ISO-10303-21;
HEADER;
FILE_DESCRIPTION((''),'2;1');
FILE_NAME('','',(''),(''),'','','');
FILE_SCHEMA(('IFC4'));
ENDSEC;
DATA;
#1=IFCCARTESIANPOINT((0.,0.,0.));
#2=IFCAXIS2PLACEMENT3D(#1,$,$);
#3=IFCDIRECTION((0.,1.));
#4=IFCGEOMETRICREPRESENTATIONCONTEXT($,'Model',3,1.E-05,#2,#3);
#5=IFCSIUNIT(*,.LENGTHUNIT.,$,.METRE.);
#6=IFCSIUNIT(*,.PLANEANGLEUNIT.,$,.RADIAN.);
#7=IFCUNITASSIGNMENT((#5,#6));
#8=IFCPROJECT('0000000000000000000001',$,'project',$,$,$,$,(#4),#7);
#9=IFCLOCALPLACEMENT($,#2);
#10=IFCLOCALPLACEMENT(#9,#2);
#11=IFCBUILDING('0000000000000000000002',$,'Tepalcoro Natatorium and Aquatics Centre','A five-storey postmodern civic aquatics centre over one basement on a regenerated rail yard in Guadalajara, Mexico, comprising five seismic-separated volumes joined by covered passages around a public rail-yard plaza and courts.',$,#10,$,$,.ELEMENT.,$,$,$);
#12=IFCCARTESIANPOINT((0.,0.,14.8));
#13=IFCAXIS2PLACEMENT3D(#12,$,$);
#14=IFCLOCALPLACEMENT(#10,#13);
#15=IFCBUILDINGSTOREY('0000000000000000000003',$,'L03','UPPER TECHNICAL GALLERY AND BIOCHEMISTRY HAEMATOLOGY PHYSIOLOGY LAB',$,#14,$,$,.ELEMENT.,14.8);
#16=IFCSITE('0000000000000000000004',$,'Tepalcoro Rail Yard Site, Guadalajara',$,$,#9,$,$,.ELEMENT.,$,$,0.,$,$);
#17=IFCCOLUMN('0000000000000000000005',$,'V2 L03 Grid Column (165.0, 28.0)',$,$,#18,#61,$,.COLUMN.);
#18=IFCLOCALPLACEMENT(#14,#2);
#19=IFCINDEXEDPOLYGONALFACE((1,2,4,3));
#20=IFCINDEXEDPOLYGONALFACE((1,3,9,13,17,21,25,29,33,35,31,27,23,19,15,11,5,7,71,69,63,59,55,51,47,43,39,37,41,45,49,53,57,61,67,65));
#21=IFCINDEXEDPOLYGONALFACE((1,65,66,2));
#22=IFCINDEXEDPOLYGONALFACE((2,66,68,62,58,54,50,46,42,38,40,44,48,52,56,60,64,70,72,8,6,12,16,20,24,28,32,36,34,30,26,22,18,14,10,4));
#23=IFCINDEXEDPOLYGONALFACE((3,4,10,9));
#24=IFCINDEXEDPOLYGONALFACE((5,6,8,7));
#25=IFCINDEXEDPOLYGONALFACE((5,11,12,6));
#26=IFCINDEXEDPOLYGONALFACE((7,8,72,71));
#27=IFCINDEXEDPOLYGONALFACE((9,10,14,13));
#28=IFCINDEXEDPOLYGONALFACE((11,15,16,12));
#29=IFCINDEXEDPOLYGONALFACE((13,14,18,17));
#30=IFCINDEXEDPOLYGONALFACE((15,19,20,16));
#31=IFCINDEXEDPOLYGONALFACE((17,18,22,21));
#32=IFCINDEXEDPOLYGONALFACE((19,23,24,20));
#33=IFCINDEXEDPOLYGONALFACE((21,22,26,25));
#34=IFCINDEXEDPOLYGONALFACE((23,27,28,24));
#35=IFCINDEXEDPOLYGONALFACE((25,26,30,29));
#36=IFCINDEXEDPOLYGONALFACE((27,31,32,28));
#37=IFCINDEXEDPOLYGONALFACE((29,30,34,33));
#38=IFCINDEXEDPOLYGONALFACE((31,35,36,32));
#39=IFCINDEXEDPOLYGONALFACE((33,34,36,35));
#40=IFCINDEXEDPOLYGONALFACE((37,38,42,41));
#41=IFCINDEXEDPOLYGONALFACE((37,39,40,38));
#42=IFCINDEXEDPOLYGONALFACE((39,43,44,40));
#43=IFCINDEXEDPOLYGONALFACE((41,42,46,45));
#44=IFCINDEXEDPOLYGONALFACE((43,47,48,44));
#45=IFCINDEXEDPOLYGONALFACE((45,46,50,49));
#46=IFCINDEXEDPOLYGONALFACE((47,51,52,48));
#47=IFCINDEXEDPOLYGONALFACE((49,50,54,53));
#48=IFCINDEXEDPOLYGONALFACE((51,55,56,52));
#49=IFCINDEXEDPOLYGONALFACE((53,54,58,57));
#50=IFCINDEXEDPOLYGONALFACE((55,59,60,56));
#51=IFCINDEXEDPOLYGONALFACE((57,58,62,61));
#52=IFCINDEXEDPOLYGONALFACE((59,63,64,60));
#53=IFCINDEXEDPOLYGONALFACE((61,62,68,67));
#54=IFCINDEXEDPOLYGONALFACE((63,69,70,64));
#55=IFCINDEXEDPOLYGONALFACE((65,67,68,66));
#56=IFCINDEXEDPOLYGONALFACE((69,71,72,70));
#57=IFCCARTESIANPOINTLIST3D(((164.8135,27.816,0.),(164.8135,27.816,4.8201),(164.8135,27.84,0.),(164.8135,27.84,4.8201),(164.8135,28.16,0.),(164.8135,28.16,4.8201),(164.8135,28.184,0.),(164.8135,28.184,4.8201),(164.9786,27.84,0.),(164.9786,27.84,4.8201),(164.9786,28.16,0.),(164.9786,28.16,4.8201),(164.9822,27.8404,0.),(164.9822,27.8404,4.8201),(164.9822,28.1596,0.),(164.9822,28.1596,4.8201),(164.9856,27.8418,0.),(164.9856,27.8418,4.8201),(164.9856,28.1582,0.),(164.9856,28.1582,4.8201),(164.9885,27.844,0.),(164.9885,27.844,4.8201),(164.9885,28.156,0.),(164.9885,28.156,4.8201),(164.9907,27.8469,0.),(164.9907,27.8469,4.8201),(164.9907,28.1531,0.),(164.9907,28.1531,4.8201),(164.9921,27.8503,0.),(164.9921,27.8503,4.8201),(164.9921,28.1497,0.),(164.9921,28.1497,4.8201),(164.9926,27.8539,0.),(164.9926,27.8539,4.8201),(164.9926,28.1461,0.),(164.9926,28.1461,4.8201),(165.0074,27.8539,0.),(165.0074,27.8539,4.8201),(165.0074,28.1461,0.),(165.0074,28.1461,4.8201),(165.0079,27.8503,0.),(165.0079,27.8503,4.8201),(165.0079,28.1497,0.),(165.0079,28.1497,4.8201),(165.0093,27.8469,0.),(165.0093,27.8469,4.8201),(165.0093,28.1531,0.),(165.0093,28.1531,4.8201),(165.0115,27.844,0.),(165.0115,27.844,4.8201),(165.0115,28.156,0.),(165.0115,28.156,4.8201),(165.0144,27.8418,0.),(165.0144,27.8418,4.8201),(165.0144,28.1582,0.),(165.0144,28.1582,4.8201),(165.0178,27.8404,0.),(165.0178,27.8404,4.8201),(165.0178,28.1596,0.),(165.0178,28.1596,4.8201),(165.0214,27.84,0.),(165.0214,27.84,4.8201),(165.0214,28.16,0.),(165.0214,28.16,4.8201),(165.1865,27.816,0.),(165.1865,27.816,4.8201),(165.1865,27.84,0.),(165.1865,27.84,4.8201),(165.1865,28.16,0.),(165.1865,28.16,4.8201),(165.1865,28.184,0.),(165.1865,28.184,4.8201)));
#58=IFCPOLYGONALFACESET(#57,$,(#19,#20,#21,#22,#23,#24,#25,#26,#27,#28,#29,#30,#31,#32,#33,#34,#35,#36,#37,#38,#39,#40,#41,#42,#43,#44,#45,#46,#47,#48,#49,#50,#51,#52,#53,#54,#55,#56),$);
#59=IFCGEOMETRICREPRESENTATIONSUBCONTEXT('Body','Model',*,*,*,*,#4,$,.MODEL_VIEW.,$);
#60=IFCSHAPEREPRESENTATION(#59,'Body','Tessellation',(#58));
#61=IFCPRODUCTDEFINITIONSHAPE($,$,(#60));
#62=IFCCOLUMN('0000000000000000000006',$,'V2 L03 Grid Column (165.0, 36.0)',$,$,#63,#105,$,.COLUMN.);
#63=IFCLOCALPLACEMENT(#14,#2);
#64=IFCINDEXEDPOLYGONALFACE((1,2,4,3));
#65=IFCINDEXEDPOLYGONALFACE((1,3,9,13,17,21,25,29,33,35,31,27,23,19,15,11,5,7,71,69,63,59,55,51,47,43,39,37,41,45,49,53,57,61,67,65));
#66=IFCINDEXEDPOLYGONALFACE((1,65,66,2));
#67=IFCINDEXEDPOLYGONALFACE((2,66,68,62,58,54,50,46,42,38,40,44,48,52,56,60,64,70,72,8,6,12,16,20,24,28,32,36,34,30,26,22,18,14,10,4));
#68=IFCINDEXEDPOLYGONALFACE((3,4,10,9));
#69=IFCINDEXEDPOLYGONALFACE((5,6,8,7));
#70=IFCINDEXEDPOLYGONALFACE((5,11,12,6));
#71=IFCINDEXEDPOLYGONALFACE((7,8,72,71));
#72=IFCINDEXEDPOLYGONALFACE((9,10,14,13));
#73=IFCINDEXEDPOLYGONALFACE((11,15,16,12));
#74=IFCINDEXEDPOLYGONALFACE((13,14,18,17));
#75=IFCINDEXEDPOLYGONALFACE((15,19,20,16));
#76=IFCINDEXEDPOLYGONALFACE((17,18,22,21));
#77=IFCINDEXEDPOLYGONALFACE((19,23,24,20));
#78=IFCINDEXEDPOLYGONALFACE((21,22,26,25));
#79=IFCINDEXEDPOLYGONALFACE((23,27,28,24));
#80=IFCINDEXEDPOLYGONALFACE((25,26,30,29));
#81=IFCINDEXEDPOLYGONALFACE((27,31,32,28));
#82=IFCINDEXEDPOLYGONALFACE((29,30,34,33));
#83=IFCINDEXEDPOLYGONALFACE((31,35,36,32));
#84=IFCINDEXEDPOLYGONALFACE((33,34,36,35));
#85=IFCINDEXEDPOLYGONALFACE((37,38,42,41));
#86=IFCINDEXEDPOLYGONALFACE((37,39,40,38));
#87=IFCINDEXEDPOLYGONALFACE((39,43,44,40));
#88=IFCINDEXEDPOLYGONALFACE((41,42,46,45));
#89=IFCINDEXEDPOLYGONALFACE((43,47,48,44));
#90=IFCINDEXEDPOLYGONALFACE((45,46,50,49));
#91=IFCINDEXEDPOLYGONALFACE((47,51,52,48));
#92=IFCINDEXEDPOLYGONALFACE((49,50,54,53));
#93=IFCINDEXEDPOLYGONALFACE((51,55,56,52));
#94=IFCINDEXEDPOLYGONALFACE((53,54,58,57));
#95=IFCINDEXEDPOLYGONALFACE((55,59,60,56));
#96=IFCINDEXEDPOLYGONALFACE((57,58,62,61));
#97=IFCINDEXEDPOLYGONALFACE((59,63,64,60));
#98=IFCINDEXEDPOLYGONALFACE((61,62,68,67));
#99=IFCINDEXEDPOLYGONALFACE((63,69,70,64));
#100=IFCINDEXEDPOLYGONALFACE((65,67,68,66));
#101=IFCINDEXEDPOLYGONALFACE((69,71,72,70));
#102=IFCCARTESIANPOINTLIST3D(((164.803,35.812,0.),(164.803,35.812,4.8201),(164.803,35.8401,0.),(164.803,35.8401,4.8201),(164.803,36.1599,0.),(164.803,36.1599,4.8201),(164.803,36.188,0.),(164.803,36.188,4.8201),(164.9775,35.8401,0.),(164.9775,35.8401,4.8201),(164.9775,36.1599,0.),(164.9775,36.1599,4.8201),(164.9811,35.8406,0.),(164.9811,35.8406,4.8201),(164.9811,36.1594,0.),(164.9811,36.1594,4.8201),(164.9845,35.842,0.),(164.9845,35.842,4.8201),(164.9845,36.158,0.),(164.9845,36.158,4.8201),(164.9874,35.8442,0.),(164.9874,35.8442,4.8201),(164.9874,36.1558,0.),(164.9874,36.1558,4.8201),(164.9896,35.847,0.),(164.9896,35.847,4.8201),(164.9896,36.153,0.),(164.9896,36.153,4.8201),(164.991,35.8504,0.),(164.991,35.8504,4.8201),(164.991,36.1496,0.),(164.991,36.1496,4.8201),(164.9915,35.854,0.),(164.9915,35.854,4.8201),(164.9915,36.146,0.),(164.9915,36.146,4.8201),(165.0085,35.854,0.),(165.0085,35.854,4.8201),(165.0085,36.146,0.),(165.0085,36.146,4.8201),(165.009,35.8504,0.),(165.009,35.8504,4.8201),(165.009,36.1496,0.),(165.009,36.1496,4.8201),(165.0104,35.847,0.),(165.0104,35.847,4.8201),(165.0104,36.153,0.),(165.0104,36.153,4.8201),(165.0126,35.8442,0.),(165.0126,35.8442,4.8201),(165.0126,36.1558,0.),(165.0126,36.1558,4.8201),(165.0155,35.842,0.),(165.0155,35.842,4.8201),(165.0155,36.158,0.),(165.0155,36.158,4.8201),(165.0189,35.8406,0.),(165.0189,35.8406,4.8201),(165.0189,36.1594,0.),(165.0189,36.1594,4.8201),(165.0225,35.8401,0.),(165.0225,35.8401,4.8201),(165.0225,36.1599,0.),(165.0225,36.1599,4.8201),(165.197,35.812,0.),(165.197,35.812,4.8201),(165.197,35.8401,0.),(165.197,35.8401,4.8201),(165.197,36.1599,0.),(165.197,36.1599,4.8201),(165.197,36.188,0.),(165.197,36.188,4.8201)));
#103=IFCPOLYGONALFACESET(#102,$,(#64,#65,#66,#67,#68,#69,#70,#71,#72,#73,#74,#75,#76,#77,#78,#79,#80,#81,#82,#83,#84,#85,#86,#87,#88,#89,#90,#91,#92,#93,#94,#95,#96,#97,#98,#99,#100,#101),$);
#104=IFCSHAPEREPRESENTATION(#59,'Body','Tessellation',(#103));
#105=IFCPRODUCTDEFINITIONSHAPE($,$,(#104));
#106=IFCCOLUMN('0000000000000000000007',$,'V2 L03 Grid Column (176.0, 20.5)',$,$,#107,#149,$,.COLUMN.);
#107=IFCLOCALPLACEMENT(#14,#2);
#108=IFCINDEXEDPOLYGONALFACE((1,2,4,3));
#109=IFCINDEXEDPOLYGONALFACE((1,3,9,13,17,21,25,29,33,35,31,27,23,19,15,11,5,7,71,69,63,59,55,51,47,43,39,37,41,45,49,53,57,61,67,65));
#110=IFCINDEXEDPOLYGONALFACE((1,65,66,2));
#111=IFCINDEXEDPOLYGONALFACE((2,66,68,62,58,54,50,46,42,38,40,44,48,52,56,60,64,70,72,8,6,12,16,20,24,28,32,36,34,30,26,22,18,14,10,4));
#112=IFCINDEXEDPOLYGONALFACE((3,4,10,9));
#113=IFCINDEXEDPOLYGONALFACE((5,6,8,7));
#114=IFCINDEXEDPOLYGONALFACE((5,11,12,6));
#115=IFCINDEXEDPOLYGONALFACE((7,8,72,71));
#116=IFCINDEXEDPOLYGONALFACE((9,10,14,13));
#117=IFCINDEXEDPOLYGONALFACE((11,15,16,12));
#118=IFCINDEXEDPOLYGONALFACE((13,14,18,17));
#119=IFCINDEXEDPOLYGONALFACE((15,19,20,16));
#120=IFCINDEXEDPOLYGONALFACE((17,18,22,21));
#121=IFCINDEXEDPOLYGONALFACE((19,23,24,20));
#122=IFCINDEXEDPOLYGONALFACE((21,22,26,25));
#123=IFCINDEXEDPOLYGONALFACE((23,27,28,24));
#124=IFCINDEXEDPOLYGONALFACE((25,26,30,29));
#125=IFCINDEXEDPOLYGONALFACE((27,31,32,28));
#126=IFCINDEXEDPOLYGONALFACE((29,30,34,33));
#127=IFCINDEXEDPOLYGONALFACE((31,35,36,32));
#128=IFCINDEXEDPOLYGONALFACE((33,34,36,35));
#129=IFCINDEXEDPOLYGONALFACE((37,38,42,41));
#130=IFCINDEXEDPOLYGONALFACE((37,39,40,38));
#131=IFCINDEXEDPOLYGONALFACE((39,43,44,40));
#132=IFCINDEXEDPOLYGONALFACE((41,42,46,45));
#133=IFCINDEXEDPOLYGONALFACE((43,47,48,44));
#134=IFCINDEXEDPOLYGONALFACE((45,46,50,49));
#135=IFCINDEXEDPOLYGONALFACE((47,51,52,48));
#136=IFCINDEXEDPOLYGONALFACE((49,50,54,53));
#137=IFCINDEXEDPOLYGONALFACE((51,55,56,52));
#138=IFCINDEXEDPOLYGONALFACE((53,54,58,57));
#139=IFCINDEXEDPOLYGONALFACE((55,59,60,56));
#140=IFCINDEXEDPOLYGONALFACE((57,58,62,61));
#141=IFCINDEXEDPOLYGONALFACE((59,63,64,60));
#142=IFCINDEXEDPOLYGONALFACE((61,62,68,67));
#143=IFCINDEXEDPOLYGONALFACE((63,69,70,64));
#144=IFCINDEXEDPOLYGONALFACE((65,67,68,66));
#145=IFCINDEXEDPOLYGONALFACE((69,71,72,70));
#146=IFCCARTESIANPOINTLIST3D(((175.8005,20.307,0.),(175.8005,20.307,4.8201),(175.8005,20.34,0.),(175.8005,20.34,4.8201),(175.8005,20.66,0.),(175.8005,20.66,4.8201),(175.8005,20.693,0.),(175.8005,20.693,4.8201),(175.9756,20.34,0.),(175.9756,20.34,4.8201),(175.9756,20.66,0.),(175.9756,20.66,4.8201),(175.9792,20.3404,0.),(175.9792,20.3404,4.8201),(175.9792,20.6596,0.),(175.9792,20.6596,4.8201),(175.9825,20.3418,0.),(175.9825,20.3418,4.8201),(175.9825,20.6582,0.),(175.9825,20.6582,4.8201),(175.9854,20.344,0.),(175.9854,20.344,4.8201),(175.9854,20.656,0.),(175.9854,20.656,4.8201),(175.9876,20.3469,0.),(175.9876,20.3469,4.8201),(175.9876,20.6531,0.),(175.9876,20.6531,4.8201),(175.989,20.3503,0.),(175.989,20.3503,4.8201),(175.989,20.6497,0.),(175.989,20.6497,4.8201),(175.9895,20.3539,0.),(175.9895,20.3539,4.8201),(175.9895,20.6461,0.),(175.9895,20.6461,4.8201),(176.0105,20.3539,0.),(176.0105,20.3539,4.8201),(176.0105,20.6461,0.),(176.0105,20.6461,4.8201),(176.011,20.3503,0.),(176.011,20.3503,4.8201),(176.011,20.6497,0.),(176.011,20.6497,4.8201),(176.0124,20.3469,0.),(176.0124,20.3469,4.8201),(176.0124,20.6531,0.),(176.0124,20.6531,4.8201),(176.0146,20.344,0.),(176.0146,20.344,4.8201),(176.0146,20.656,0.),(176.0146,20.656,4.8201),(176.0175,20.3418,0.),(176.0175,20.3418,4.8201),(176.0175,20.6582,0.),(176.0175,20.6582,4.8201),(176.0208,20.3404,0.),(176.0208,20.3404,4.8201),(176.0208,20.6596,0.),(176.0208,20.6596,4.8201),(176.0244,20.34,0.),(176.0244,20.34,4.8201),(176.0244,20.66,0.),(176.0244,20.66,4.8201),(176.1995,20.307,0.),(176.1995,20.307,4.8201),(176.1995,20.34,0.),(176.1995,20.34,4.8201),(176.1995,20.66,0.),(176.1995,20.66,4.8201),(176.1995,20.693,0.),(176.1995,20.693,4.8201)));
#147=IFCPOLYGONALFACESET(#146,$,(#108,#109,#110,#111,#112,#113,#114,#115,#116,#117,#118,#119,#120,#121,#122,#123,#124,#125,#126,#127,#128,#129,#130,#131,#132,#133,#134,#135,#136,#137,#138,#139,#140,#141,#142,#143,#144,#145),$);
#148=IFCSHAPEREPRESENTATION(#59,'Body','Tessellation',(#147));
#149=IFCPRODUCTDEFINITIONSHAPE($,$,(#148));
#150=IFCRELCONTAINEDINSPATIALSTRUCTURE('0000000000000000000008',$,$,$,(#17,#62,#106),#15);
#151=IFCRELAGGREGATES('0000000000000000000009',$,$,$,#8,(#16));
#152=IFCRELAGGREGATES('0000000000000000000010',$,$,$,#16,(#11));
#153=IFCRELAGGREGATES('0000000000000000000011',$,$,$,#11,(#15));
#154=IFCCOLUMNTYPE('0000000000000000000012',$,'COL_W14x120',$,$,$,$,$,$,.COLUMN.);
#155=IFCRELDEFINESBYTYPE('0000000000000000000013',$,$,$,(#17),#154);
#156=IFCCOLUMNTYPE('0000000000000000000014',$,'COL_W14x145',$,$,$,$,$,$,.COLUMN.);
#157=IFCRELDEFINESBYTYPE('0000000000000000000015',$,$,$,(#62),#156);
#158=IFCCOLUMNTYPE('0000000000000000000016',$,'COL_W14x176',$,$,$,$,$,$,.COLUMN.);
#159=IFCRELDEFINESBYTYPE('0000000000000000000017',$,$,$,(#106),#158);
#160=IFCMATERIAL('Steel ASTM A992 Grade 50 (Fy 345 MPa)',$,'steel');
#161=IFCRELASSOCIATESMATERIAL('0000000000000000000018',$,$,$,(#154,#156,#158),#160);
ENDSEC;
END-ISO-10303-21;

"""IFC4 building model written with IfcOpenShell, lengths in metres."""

from ifc_helpers import new_model, si_unit, direction, frame, origin, origin_2d, place, context, subcontext, project, spatial, i_section, extrude, material, material_profile, profile_set, type_object, element, save


model = new_model("IFC4")

# Units and contexts
model_context = context("Model", 3, precision=1e-05, world=origin(), true_north=direction((0.0, 1.0)))
body_context = subcontext(model_context, "Body", "Model", "MODEL_VIEW")
ifc_project = project(units=[si_unit("LENGTHUNIT", "METRE"), si_unit("PLANEANGLEUNIT", "RADIAN")], contexts=[model_context])

# Site, building, storey
site_placement = place(None, origin())
site = spatial("IfcSite", under=ifc_project, at=site_placement, Name="Tepalcoro Rail Yard Site, Guadalajara", CompositionType="ELEMENT", RefElevation=0.0)
building_placement = place(site_placement, origin())
building = spatial("IfcBuilding", under=site, at=building_placement, Name="Tepalcoro Natatorium and Aquatics Centre", Description="A five-storey postmodern civic aquatics centre over one basement on a regenerated rail yard in Guadalajara, Mexico, comprising five seismic-separated volumes joined by covered passages around a public rail-yard plaza and courts.", CompositionType="ELEMENT")
storey_placement = place(building_placement, frame((0.0, 0.0, 14.8)))
storey = spatial("IfcBuildingStorey", under=building, at=storey_placement, Name="L03", Description="UPPER TECHNICAL GALLERY AND BIOCHEMISTRY HAEMATOLOGY PHYSIOLOGY LAB", CompositionType="ELEMENT", Elevation=14.8)

# Columns
ifc_material_1 = material(Name="Steel ASTM A992 Grade 50 (Fy 345 MPa)", Category="steel")
ifc_material_profile_1 = material_profile(ifc_material_1, i_section(OverallWidth=0.373, OverallDepth=0.3679, WebThickness=0.0149, FlangeThickness=0.0239, FilletRadius=0.0139, at=origin_2d()), Name="W14X120")
ifc_profile_set_1 = profile_set([ifc_material_profile_1], Name="Steel ASTM A992 Grade 50 (Fy 345 MPa)")
column_type_1 = type_object("IfcColumnType", Name="COL_W14x120", PredefinedType="COLUMN", material=ifc_profile_set_1)
column_1_placement = place(storey_placement, frame((165.0, 28.0, 0.0), z_axis=(0.0, 0.0, 1.0), x_axis=(1.0, 0.0, 0.0)))
element("IfcColumn", 1, at=column_1_placement, inside=storey, type_object=column_type_1, Name="V2 L03 Grid Column (165.0, 28.0)", PredefinedType="COLUMN", context=body_context, shape_type="SweptSolid", body=[
    extrude(i_section(OverallWidth=0.373, OverallDepth=0.3679, WebThickness=0.0149, FlangeThickness=0.0239, FilletRadius=0.0139, at=origin_2d()), origin(), (0.0, 0.0, 1.0), 4.8201),
])
ifc_material_profile_2 = material_profile(ifc_material_1, i_section(OverallWidth=0.394, OverallDepth=0.376, WebThickness=0.0171, FlangeThickness=0.0281, FilletRadius=0.0139, at=origin_2d()), Name="W14X145")
ifc_profile_set_2 = profile_set([ifc_material_profile_2], Name="Steel ASTM A992 Grade 50 (Fy 345 MPa)")
column_type_2 = type_object("IfcColumnType", Name="COL_W14x145", PredefinedType="COLUMN", material=ifc_profile_set_2)
column_2_placement = place(storey_placement, frame((165.0, 36.0, 0.0), z_axis=(0.0, 0.0, 1.0), x_axis=(1.0, 0.0, 0.0)))
element("IfcColumn", 2, at=column_2_placement, inside=storey, type_object=column_type_2, Name="V2 L03 Grid Column (165.0, 36.0)", PredefinedType="COLUMN", context=body_context, shape_type="SweptSolid", body=[
    extrude(i_section(OverallWidth=0.394, OverallDepth=0.376, WebThickness=0.0171, FlangeThickness=0.0281, FilletRadius=0.0139, at=origin_2d()), origin(), (0.0, 0.0, 1.0), 4.8201),
])
ifc_material_profile_3 = material_profile(ifc_material_1, i_section(OverallWidth=0.3989, OverallDepth=0.386, WebThickness=0.021, FlangeThickness=0.033, FilletRadius=0.0139, at=origin_2d()), Name="W14X176")
ifc_profile_set_3 = profile_set([ifc_material_profile_3], Name="Steel ASTM A992 Grade 50 (Fy 345 MPa)")
column_type_3 = type_object("IfcColumnType", Name="COL_W14x176", PredefinedType="COLUMN", material=ifc_profile_set_3)
column_3_placement = place(storey_placement, frame((176.0, 20.5, 0.0), z_axis=(0.0, 0.0, 1.0), x_axis=(1.0, 0.0, 0.0)))
element("IfcColumn", 3, at=column_3_placement, inside=storey, type_object=column_type_3, Name="V2 L03 Grid Column (176.0, 20.5)", PredefinedType="COLUMN", context=body_context, shape_type="SweptSolid", body=[
    extrude(i_section(OverallWidth=0.3989, OverallDepth=0.386, WebThickness=0.021, FlangeThickness=0.033, FilletRadius=0.0139, at=origin_2d()), origin(), (0.0, 0.0, 1.0), 4.8201),
])

save(model, "model.ifc")
